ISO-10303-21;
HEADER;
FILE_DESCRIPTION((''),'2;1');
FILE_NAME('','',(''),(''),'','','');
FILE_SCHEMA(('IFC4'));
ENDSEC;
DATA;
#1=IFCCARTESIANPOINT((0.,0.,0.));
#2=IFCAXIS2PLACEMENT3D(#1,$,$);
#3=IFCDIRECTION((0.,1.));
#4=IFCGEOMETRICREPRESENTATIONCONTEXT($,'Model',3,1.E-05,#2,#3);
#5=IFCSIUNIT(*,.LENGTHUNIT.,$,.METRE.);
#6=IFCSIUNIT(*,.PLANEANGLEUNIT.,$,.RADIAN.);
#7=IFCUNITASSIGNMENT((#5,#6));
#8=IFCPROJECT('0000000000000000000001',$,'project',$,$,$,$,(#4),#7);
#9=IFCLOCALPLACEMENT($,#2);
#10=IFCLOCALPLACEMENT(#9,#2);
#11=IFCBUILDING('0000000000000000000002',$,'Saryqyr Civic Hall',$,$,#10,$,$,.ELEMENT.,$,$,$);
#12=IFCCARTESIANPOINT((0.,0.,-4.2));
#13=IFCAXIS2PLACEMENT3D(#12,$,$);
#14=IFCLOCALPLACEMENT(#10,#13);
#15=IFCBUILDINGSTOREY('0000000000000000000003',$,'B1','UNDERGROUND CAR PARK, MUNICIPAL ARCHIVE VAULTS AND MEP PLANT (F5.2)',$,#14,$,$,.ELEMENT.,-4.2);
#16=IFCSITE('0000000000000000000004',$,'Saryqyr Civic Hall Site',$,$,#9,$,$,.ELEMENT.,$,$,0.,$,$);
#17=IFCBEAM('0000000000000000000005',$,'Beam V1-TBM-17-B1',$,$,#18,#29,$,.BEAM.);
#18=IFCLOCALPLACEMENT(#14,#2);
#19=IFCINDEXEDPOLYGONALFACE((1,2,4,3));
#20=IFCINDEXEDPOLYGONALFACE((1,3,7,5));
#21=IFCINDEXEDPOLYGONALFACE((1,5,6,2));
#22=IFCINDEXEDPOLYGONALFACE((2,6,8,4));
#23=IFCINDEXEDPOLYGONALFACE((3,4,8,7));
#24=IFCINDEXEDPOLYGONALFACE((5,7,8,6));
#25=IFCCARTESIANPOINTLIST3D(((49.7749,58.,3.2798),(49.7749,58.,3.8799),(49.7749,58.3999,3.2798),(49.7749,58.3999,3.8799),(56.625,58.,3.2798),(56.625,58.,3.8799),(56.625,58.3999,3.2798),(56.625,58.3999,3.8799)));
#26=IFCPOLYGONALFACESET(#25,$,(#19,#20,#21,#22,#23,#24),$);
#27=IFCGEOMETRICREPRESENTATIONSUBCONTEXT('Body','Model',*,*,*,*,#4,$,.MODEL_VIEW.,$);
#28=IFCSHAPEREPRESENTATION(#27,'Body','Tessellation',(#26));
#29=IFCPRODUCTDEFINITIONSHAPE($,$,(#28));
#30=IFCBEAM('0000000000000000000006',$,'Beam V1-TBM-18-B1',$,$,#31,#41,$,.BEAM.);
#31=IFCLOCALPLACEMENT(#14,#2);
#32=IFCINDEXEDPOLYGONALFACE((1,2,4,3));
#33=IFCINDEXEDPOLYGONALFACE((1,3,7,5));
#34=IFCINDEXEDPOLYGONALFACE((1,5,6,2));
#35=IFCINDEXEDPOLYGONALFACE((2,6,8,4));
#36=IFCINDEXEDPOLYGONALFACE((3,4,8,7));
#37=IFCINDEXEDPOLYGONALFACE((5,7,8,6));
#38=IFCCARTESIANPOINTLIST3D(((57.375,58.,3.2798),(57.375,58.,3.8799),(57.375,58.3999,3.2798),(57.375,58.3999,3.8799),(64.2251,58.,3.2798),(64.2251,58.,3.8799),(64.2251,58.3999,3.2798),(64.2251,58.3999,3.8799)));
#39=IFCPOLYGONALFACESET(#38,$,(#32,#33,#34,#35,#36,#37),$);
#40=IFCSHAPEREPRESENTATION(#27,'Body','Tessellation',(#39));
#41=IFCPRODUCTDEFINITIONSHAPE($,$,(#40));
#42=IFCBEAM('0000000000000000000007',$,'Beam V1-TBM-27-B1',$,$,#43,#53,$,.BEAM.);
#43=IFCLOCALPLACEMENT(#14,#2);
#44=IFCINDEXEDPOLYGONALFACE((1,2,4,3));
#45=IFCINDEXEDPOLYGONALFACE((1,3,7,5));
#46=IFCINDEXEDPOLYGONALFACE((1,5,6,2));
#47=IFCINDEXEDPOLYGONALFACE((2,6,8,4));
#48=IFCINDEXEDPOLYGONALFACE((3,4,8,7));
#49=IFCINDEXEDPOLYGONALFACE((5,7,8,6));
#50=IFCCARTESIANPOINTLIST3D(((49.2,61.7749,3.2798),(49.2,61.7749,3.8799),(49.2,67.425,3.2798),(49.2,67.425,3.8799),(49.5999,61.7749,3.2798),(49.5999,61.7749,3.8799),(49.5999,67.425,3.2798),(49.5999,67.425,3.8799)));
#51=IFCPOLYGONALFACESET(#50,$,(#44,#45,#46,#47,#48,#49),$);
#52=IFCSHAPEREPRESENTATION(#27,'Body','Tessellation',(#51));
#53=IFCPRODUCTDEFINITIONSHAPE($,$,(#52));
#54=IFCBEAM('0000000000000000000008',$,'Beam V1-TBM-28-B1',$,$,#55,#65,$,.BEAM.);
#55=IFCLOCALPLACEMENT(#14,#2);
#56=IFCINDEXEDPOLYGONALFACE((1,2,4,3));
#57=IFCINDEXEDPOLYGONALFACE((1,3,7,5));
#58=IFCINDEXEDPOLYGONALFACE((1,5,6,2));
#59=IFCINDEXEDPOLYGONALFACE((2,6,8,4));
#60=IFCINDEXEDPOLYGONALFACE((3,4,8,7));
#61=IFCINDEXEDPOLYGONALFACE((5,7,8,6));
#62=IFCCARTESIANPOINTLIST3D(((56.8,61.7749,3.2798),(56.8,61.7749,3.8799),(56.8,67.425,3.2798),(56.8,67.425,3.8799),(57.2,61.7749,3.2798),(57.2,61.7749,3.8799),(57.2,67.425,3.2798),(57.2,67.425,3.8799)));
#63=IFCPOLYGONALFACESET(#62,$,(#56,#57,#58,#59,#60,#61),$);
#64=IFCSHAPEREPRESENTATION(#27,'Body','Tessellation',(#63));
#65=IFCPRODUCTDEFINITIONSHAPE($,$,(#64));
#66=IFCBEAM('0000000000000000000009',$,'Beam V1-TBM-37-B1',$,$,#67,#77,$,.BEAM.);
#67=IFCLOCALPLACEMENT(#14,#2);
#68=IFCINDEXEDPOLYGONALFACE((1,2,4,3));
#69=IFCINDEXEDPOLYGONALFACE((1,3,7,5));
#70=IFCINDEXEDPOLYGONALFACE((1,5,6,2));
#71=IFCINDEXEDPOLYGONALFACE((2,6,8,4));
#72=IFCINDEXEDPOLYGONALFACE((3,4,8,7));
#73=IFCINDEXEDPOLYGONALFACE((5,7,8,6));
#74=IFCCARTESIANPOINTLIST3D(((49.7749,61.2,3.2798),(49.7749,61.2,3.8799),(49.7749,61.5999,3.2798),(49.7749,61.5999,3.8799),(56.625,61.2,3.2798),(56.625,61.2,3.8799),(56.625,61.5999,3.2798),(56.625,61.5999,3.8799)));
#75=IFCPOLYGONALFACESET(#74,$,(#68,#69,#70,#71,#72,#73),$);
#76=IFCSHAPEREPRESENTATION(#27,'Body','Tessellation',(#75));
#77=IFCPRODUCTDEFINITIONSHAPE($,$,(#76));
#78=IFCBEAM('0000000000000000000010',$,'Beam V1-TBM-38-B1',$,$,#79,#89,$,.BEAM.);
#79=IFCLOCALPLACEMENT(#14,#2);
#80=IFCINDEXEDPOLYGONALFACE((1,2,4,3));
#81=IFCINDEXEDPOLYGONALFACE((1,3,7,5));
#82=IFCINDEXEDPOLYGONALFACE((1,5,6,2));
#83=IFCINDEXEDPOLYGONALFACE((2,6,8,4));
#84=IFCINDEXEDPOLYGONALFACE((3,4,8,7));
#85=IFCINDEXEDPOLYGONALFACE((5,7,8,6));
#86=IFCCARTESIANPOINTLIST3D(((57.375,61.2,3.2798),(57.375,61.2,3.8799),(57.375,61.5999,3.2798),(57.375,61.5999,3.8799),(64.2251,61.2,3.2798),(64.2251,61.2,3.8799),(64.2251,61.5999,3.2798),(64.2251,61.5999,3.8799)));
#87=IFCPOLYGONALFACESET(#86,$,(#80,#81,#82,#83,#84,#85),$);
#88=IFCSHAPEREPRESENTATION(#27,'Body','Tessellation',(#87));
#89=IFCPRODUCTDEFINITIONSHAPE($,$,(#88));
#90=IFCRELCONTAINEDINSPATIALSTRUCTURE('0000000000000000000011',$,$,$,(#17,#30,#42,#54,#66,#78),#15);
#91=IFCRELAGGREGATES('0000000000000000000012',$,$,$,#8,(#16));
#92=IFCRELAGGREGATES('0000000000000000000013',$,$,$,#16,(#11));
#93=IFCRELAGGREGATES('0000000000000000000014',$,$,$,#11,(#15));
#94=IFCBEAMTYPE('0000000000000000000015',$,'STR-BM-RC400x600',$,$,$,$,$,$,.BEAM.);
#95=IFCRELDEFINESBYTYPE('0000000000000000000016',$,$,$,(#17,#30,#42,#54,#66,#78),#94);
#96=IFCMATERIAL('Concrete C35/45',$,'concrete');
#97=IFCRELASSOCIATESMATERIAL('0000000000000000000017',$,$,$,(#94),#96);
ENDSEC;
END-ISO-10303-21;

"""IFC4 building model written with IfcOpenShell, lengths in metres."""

from ifc_helpers import new_model, si_unit, direction, frame, origin, origin_2d, place, context, subcontext, project, spatial, rectangle, extrude, material, material_profile, profile_set, type_object, element, save


model = new_model("IFC4")

# Units and contexts
model_context = context("Model", 3, precision=1e-05, world=origin(), true_north=direction((0.0, 1.0)))
body_context = subcontext(model_context, "Body", "Model", "MODEL_VIEW")
ifc_project = project(units=[si_unit("LENGTHUNIT", "METRE"), si_unit("PLANEANGLEUNIT", "RADIAN")], contexts=[model_context])

# Site, building, storey
site_placement = place(None, origin())
site = spatial("IfcSite", under=ifc_project, at=site_placement, Name="Saryqyr Civic Hall Site", CompositionType="ELEMENT", RefElevation=0.0)
building_placement = place(site_placement, origin())
building = spatial("IfcBuilding", under=site, at=building_placement, Name="Saryqyr Civic Hall", CompositionType="ELEMENT")
storey_placement = place(building_placement, frame((0.0, 0.0, -4.2)))
storey = spatial("IfcBuildingStorey", under=building, at=storey_placement, Name="B1", Description="UNDERGROUND CAR PARK, MUNICIPAL ARCHIVE VAULTS AND MEP PLANT (F5.2)", CompositionType="ELEMENT", Elevation=-4.2)

# Shared definitions
ifc_material_1 = material(Name="Concrete C35/45", Category="concrete")

# Beams
ifc_material_profile_1 = material_profile(ifc_material_1, rectangle(XDim=0.3999, YDim=0.6001, at=origin_2d()), Name="RC 400x600")
ifc_profile_set_1 = profile_set([ifc_material_profile_1], Name="Concrete C35/45")
beam_type = type_object("IfcBeamType", Name="STR-BM-RC400x600", PredefinedType="BEAM", material=ifc_profile_set_1)
for number, where, z_axis, x_axis, name in (
    (1, (49.7749, 58.2, 3.5798), (1.0, 0.0, 0.0), (0.0, 1.0, 0.0), "Beam V1-TBM-17-B1"),
    (2, (57.375, 58.2, 3.5798), (1.0, 0.0, 0.0), (0.0, 1.0, 0.0), "Beam V1-TBM-18-B1"),
):
    element("IfcBeam", number, at=place(storey_placement, frame(where, z_axis=z_axis, x_axis=x_axis)), inside=storey, type_object=beam_type, Name=name, PredefinedType="BEAM", context=body_context, shape_type="SweptSolid", body=[
        extrude(rectangle(XDim=0.3999, YDim=0.6001, at=origin_2d()), origin(), (0.0, 0.0, 1.0), 6.8501),
    ])
for number, where, z_axis, x_axis, name in (
    (3, (49.3999, 61.7749, 3.5798), (0.0, 1.0, 0.0), (-1.0, 0.0, 0.0), "Beam V1-TBM-27-B1"),
    (4, (57.0, 61.7749, 3.5798), (0.0, 1.0, 0.0), (-1.0, 0.0, 0.0), "Beam V1-TBM-28-B1"),
):
    element("IfcBeam", number, at=place(storey_placement, frame(where, z_axis=z_axis, x_axis=x_axis)), inside=storey, type_object=beam_type, Name=name, PredefinedType="BEAM", context=body_context, shape_type="SweptSolid", body=[
        extrude(rectangle(XDim=0.3999, YDim=0.6001, at=origin_2d()), origin(), (0.0, 0.0, 1.0), 5.6501),
    ])
for number, where, z_axis, x_axis, name in (
    (5, (49.7749, 61.3999, 3.5798), (1.0, 0.0, 0.0), (0.0, 1.0, 0.0), "Beam V1-TBM-37-B1"),
    (6, (57.375, 61.3999, 3.5798), (1.0, 0.0, 0.0), (0.0, 1.0, 0.0), "Beam V1-TBM-38-B1"),
):
    element("IfcBeam", number, at=place(storey_placement, frame(where, z_axis=z_axis, x_axis=x_axis)), inside=storey, type_object=beam_type, Name=name, PredefinedType="BEAM", context=body_context, shape_type="SweptSolid", body=[
        extrude(rectangle(XDim=0.3999, YDim=0.6001, at=origin_2d()), origin(), (0.0, 0.0, 1.0), 6.8501),
    ])

save(model, "model.ifc")
